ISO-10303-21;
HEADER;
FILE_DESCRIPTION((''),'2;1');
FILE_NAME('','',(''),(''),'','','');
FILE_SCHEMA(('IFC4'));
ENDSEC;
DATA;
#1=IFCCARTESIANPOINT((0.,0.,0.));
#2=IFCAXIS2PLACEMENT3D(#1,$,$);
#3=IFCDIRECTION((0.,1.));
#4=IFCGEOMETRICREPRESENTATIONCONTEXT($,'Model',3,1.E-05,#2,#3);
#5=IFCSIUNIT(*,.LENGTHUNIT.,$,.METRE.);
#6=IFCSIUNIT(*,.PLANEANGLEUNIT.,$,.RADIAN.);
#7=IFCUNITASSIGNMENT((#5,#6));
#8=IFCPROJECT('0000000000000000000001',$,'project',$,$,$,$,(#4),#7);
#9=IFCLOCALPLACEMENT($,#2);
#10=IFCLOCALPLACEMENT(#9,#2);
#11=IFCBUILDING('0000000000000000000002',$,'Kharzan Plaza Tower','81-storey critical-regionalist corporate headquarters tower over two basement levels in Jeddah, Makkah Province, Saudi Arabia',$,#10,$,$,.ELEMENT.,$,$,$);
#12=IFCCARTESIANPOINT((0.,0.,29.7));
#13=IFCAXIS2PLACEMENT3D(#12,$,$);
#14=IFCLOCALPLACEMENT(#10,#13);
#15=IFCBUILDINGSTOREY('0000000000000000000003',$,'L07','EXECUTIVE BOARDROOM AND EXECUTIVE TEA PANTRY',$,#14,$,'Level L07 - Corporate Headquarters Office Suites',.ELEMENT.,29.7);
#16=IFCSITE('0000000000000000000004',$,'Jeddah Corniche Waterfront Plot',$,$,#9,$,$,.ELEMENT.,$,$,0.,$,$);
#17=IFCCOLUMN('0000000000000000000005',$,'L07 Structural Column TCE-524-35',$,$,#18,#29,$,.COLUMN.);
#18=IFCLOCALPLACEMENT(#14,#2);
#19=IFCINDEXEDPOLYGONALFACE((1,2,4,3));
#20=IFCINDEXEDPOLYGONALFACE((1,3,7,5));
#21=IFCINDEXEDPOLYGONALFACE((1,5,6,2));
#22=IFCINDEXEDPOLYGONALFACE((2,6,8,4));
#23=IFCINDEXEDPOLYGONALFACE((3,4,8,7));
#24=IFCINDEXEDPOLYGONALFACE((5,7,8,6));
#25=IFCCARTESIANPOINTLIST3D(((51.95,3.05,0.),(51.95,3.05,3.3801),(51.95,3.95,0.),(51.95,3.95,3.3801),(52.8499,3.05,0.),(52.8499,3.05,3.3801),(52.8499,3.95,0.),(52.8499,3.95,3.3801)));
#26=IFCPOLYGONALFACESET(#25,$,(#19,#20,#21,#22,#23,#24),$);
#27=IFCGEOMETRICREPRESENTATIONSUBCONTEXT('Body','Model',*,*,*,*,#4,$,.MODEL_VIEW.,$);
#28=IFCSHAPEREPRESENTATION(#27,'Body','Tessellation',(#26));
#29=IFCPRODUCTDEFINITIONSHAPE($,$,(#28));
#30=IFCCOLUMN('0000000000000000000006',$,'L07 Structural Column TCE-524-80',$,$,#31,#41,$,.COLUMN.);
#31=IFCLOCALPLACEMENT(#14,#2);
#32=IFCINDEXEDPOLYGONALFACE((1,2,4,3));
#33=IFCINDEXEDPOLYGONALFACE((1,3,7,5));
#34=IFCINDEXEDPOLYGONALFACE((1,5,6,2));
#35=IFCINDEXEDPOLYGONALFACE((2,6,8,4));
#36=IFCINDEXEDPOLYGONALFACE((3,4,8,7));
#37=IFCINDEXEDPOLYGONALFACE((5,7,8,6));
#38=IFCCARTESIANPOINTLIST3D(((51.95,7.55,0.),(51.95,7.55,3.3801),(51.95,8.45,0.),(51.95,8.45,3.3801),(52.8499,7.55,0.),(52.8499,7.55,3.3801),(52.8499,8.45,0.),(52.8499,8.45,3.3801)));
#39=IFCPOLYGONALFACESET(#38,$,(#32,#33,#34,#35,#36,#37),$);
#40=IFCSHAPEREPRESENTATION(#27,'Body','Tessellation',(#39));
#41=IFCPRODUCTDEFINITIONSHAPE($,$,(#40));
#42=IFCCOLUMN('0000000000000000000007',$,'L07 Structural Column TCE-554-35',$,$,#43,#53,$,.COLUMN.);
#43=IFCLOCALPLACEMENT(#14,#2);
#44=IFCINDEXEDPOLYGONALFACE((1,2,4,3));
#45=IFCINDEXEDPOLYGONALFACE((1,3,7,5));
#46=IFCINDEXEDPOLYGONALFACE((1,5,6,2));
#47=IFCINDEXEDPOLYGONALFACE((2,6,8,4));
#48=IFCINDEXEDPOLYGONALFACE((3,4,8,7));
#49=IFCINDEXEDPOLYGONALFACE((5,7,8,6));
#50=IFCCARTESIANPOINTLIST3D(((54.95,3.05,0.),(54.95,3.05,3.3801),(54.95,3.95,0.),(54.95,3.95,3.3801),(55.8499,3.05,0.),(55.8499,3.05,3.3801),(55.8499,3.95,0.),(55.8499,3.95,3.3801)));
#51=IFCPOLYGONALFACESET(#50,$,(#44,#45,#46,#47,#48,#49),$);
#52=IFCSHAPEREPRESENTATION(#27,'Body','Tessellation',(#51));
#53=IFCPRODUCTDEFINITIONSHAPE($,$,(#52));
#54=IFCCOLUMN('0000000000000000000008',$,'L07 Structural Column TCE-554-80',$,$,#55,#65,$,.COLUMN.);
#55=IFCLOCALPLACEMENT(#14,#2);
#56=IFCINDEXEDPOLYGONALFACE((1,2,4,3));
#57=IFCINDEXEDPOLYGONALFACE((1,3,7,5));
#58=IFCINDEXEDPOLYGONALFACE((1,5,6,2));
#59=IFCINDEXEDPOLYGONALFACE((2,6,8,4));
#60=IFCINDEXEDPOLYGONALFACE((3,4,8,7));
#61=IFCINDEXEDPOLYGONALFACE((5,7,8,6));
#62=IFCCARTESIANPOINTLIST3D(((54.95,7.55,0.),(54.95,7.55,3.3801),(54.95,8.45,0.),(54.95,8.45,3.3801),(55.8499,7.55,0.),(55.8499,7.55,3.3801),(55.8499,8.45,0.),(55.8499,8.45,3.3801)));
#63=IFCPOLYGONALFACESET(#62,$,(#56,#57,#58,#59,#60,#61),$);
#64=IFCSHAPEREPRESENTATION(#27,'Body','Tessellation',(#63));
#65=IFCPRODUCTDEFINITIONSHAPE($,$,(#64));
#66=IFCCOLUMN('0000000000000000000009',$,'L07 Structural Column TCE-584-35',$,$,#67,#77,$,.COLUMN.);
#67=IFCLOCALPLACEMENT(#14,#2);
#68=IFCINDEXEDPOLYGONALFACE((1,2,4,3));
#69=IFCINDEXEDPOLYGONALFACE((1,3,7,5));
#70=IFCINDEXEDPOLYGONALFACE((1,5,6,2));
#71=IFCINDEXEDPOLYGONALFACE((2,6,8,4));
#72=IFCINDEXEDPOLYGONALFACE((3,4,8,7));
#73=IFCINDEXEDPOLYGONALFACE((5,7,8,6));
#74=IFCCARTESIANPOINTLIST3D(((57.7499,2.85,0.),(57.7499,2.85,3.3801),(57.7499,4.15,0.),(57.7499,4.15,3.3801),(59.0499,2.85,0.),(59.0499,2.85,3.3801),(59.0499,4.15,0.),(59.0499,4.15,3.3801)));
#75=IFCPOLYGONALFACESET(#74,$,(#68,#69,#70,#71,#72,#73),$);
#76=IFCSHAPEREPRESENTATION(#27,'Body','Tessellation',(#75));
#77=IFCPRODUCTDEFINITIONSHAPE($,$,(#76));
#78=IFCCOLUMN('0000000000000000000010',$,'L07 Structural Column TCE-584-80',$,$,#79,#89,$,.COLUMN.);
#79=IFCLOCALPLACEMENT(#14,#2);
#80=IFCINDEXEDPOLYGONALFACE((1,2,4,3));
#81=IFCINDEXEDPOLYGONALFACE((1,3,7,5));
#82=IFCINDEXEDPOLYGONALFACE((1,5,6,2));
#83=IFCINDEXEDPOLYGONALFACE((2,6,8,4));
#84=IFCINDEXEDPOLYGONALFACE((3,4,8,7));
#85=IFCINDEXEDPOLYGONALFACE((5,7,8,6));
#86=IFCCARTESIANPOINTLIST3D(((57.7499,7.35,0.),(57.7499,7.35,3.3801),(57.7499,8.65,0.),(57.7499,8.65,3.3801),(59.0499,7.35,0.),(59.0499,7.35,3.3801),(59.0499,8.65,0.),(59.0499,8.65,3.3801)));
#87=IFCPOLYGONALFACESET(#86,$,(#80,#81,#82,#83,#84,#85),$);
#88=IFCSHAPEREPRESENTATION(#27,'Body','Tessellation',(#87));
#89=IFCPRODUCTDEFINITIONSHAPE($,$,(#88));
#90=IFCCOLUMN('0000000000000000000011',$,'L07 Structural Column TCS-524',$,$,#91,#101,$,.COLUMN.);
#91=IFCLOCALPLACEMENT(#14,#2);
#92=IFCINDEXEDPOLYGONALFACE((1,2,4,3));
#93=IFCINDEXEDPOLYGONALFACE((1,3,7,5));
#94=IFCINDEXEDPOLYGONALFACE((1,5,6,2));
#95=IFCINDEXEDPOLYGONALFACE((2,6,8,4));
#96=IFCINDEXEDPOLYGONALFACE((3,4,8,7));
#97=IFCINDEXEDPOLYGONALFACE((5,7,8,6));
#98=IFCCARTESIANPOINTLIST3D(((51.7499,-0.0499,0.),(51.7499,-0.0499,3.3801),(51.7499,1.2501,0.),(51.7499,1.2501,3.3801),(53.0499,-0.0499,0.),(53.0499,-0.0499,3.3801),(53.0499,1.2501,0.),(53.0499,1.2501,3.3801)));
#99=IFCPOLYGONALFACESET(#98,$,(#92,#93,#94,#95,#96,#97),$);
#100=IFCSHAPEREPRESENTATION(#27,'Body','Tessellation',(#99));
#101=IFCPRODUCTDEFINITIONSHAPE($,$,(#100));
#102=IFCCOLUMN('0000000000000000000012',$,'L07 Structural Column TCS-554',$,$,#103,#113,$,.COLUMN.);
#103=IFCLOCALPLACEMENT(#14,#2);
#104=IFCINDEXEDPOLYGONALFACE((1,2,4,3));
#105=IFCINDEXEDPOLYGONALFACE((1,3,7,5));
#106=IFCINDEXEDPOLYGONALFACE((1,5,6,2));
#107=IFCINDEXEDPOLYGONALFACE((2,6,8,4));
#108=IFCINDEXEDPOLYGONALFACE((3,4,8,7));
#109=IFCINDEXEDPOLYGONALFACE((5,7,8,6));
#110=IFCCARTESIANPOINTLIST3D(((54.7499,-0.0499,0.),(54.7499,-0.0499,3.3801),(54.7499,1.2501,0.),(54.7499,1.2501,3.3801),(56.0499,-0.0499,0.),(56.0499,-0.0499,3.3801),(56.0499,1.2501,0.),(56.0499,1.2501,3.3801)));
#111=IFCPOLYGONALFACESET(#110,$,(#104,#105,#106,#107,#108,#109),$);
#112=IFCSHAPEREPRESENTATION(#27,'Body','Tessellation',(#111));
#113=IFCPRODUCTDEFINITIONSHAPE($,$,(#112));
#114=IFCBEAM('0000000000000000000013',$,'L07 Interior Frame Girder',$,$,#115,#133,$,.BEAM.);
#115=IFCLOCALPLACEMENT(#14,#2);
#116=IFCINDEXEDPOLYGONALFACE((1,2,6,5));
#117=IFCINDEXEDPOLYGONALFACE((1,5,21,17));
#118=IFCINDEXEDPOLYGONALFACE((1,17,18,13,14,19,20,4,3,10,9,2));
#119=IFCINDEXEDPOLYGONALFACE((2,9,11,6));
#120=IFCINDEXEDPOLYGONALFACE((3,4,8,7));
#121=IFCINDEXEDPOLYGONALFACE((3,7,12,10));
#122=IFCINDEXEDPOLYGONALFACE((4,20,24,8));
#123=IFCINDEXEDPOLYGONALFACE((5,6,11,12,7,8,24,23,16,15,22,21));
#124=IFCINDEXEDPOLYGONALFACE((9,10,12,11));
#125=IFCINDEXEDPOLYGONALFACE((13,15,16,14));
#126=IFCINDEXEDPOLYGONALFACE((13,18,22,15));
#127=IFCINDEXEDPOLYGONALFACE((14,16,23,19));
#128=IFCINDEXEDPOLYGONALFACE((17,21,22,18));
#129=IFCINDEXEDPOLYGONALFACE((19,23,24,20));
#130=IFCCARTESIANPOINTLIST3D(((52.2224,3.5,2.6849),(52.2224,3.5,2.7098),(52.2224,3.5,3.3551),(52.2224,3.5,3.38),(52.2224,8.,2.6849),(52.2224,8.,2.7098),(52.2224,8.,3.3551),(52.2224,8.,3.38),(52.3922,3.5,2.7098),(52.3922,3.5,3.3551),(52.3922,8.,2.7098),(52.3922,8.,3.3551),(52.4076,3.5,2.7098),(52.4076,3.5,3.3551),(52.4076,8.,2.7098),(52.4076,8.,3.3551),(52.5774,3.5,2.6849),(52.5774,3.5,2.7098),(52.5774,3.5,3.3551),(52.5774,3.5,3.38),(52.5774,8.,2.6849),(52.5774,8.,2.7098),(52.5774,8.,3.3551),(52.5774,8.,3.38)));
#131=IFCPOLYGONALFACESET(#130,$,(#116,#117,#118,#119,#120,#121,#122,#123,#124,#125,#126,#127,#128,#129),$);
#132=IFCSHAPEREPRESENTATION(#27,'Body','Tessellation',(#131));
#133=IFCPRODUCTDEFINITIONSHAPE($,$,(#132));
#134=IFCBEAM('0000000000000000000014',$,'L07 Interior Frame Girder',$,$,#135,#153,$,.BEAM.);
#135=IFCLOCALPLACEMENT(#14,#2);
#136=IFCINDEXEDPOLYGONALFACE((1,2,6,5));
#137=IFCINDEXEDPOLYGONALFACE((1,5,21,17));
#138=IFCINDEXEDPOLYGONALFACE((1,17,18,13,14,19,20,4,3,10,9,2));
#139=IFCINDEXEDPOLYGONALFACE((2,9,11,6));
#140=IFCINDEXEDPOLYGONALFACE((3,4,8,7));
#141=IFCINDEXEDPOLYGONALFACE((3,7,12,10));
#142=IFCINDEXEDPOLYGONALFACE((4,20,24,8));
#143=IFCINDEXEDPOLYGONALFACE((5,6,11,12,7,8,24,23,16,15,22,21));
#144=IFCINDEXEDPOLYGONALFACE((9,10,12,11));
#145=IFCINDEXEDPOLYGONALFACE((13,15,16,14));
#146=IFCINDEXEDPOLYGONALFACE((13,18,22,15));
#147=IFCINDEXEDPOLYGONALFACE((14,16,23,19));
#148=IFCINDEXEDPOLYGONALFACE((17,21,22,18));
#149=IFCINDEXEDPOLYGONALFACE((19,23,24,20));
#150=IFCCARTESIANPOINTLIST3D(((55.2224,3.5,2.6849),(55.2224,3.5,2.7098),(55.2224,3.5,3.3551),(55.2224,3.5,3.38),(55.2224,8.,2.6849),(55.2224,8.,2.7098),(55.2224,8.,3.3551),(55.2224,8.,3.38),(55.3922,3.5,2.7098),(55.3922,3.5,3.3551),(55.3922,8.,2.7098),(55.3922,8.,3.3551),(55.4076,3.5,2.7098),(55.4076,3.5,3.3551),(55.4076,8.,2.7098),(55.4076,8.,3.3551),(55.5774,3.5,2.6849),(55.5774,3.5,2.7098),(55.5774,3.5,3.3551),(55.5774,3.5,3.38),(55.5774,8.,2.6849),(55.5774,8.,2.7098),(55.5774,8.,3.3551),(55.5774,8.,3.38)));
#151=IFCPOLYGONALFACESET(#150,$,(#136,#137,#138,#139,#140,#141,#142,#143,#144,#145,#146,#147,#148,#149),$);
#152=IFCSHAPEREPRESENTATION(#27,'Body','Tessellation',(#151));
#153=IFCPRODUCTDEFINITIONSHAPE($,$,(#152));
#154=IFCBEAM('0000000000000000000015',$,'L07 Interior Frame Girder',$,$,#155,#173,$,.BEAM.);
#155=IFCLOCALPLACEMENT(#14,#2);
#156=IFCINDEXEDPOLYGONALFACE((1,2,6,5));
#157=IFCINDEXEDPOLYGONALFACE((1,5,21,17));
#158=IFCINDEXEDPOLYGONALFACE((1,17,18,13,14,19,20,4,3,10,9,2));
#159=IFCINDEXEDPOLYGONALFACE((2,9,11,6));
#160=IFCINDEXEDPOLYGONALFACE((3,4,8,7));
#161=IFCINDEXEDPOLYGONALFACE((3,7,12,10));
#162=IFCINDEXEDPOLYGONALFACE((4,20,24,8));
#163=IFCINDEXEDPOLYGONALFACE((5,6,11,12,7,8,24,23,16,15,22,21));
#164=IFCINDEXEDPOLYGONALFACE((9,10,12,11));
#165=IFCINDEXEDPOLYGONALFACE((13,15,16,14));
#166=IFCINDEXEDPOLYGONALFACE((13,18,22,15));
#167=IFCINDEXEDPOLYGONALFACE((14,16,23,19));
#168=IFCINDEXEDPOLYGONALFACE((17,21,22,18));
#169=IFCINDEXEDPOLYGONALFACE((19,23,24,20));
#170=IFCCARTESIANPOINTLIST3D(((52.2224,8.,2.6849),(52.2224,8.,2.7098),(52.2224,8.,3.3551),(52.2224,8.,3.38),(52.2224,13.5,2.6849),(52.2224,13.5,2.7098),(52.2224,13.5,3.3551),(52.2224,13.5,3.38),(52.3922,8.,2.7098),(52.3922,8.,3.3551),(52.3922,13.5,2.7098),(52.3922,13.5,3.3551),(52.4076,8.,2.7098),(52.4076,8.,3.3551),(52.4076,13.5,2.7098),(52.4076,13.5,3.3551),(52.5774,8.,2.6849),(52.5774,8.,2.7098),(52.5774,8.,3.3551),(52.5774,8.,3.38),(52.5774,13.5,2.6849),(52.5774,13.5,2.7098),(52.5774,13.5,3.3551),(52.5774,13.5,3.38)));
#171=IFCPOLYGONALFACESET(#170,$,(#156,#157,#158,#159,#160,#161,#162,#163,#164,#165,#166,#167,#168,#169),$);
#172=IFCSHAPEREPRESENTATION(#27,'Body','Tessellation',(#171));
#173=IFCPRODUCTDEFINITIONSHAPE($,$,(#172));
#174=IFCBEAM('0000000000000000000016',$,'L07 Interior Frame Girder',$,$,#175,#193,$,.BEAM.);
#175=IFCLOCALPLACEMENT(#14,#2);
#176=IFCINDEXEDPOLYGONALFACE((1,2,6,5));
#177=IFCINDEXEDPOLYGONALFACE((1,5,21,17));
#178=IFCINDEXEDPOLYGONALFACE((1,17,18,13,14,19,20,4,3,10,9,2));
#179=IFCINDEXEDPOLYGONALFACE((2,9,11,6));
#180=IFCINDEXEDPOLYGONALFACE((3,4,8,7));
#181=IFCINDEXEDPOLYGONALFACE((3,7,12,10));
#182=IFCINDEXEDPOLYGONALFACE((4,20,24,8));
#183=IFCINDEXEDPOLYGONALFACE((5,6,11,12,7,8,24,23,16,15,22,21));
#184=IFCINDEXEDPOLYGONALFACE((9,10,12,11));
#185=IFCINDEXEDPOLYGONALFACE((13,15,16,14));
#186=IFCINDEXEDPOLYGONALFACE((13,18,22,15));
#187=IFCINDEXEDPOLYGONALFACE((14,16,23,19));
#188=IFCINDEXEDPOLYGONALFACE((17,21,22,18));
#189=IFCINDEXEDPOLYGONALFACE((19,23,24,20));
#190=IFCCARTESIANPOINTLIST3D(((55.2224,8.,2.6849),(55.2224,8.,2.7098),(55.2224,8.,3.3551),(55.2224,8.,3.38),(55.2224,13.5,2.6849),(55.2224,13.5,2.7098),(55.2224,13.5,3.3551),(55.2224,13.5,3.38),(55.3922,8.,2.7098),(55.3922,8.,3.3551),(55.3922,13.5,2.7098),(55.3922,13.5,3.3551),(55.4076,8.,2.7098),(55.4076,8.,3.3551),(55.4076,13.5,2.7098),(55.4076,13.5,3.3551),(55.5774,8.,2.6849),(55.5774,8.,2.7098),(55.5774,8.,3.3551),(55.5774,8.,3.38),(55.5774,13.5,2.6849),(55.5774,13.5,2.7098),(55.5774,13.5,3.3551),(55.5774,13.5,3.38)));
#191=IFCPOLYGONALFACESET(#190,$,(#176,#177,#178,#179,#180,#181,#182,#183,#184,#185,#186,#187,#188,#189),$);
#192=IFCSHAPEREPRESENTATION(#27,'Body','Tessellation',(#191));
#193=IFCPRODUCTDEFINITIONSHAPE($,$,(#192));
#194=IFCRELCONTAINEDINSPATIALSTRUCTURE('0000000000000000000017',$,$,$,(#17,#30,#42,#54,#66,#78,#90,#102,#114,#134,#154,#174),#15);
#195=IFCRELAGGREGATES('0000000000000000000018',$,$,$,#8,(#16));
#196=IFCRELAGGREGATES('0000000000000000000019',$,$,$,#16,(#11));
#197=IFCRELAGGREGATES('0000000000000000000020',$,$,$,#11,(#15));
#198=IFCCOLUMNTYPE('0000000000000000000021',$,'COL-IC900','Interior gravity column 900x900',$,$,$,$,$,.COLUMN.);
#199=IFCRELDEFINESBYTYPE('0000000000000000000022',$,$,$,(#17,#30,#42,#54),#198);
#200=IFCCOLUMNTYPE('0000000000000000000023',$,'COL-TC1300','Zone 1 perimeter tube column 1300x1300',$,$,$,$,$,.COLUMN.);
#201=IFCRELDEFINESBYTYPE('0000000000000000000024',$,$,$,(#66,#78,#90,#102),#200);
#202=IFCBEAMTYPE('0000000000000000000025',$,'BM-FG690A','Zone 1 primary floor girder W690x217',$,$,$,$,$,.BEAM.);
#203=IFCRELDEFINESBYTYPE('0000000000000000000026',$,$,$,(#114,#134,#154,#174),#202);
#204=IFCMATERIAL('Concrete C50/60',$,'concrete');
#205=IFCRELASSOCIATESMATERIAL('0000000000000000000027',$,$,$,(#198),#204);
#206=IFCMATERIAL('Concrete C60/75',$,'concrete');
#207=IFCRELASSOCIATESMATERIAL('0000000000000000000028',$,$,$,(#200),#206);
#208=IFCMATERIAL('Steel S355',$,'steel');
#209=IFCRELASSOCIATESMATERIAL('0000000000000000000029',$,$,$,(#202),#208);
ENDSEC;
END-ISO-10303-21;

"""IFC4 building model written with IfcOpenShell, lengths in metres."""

from ifc_helpers import new_model, si_unit, direction, frame, origin, origin_2d, place, context, subcontext, project, spatial, rectangle, i_section, extrude, source, transform, mapped, material, material_profile, profile_set, type_object, element, save


model = new_model("IFC4")

# Units and contexts
model_context = context("Model", 3, precision=1e-05, world=origin(), true_north=direction((0.0, 1.0)))
body_context = subcontext(model_context, "Body", "Model", "MODEL_VIEW")
ifc_project = project(units=[si_unit("LENGTHUNIT", "METRE"), si_unit("PLANEANGLEUNIT", "RADIAN")], contexts=[model_context])

# Site, building, storey
site_placement = place(None, origin())
site = spatial("IfcSite", under=ifc_project, at=site_placement, Name="Jeddah Corniche Waterfront Plot", CompositionType="ELEMENT", RefElevation=0.0)
building_placement = place(site_placement, origin())
building = spatial("IfcBuilding", under=site, at=building_placement, Name="Kharzan Plaza Tower", Description="81-storey critical-regionalist corporate headquarters tower over two basement levels in Jeddah, Makkah Province, Saudi Arabia", CompositionType="ELEMENT")
storey_placement = place(building_placement, frame((0.0, 0.0, 29.7)))
storey = spatial("IfcBuildingStorey", under=building, at=storey_placement, Name="L07", Description="EXECUTIVE BOARDROOM AND EXECUTIVE TEA PANTRY", LongName="Level L07 - Corporate Headquarters Office Suites", CompositionType="ELEMENT", Elevation=29.7)

# Columns
ifc_material_1 = material(Name="Concrete C50/60", Category="concrete")
ifc_material_profile_1 = material_profile(ifc_material_1, rectangle(XDim=0.8999, YDim=0.8999, at=origin_2d()), Name="RC-IC900x900")
ifc_profile_set_1 = profile_set([ifc_material_profile_1], Name="Concrete C50/60")
column_type_1 = type_object("IfcColumnType", Name="COL-IC900", Description="Interior gravity column 900x900", PredefinedType="COLUMN", material=ifc_profile_set_1)
shared_shape_1 = source(origin(), body_context, "Body", "SweptSolid", [
    extrude(rectangle(XDim=0.8999, YDim=0.8999, at=origin_2d()), origin(), (0.0, 0.0, 1.0), 3.3801),
])
for number, where, z_axis, x_axis, name in (
    (1, (52.3999, 3.5, 0.0), (0.0, 0.0, 1.0), (1.0, 0.0, 0.0), "L07 Structural Column TCE-524-35"),
    (2, (52.3999, 8.0, 0.0), (0.0, 0.0, 1.0), (1.0, 0.0, 0.0), "L07 Structural Column TCE-524-80"),
    (3, (55.3999, 3.5, 0.0), (0.0, 0.0, 1.0), (1.0, 0.0, 0.0), "L07 Structural Column TCE-554-35"),
    (4, (55.3999, 8.0, 0.0), (0.0, 0.0, 1.0), (1.0, 0.0, 0.0), "L07 Structural Column TCE-554-80"),
):
    element("IfcColumn", number, at=place(storey_placement, frame(where, z_axis=z_axis, x_axis=x_axis)), inside=storey, type_object=column_type_1, Name=name, PredefinedType="COLUMN", context=body_context, shape_type="MappedRepresentation", body=[
        mapped(shared_shape_1, transform((0.0, 0.0, 0.0), x_axis=(1.0, 0.0, 0.0), y_axis=(0.0, 1.0, 0.0), z_axis=(0.0, 0.0, 1.0))),
    ])
ifc_material_2 = material(Name="Concrete C60/75", Category="concrete")
ifc_material_profile_2 = material_profile(ifc_material_2, rectangle(XDim=1.3, YDim=1.3, at=origin_2d()), Name="RC-TC1300x1300")
ifc_profile_set_2 = profile_set([ifc_material_profile_2], Name="Concrete C60/75")
column_type_2 = type_object("IfcColumnType", Name="COL-TC1300", Description="Zone 1 perimeter tube column 1300x1300", PredefinedType="COLUMN", material=ifc_profile_set_2)
shared_shape_2 = source(origin(), body_context, "Body", "SweptSolid", [
    extrude(rectangle(XDim=1.3, YDim=1.3, at=origin_2d()), origin(), (0.0, 0.0, 1.0), 3.3801),
])
for number, where, z_axis, x_axis, name in (
    (5, (58.3999, 3.5, 0.0), (0.0, 0.0, 1.0), (1.0, 0.0, 0.0), "L07 Structural Column TCE-584-35"),
    (6, (58.3999, 8.0, 0.0), (0.0, 0.0, 1.0), (1.0, 0.0, 0.0), "L07 Structural Column TCE-584-80"),
    (7, (52.3999, 0.6001, 0.0), (0.0, 0.0, 1.0), (1.0, 0.0, 0.0), "L07 Structural Column TCS-524"),
    (8, (55.3999, 0.6001, 0.0), (0.0, 0.0, 1.0), (1.0, 0.0, 0.0), "L07 Structural Column TCS-554"),
):
    element("IfcColumn", number, at=place(storey_placement, frame(where, z_axis=z_axis, x_axis=x_axis)), inside=storey, type_object=column_type_2, Name=name, PredefinedType="COLUMN", context=body_context, shape_type="MappedRepresentation", body=[
        mapped(shared_shape_2, transform((0.0, 0.0, 0.0), x_axis=(1.0, 0.0, 0.0), y_axis=(0.0, 1.0, 0.0), z_axis=(0.0, 0.0, 1.0))),
    ])

# Beams
ifc_material_3 = material(Name="Steel S355", Category="steel")
ifc_material_profile_3 = material_profile(ifc_material_3, i_section(OverallWidth=0.355, OverallDepth=0.6951, WebThickness=0.0154, FlangeThickness=0.0249, at=origin_2d()), Name="W690x217")
ifc_profile_set_3 = profile_set([ifc_material_profile_3], Name="Steel S355")
beam_type_1 = type_object("IfcBeamType", Name="BM-FG690A", Description="Zone 1 primary floor girder W690x217", PredefinedType="BEAM", material=ifc_profile_set_3)
shared_shape_3 = source(origin(), body_context, "Body", "SweptSolid", [
    extrude(i_section(OverallWidth=0.355, OverallDepth=0.6951, WebThickness=0.0154, FlangeThickness=0.0249, at=origin_2d()), origin(), (0.0, 0.0, 1.0), 4.5),
])
for number, where, z_axis, x_axis, name in (
    (9, (52.3999, 3.5, 3.0325), (0.0, 1.0, 0.0), (-1.0, 0.0, 0.0), "L07 Interior Frame Girder"),
    (10, (55.3999, 3.5, 3.0325), (0.0, 1.0, 0.0), (-1.0, 0.0, 0.0), "L07 Interior Frame Girder"),
):
    element("IfcBeam", number, at=place(storey_placement, frame(where, z_axis=z_axis, x_axis=x_axis)), inside=storey, type_object=beam_type_1, Name=name, PredefinedType="BEAM", context=body_context, shape_type="MappedRepresentation", body=[
        mapped(shared_shape_3, transform((0.0, 0.0, 0.0), x_axis=(1.0, 0.0, 0.0), y_axis=(0.0, 1.0, 0.0), z_axis=(0.0, 0.0, 1.0))),
    ])
shared_shape_4 = source(origin(), body_context, "Body", "SweptSolid", [
    extrude(i_section(OverallWidth=0.355, OverallDepth=0.6951, WebThickness=0.0154, FlangeThickness=0.0249, at=origin_2d()), origin(), (0.0, 0.0, 1.0), 5.5),
])
for number, where, z_axis, x_axis, name in (
    (11, (52.3999, 8.0, 3.0325), (0.0, 1.0, 0.0), (-1.0, 0.0, 0.0), "L07 Interior Frame Girder"),
    (12, (55.3999, 8.0, 3.0325), (0.0, 1.0, 0.0), (-1.0, 0.0, 0.0), "L07 Interior Frame Girder"),
):
    element("IfcBeam", number, at=place(storey_placement, frame(where, z_axis=z_axis, x_axis=x_axis)), inside=storey, type_object=beam_type_1, Name=name, PredefinedType="BEAM", context=body_context, shape_type="MappedRepresentation", body=[
        mapped(shared_shape_4, transform((0.0, 0.0, 0.0), x_axis=(1.0, 0.0, 0.0), y_axis=(0.0, 1.0, 0.0), z_axis=(0.0, 0.0, 1.0))),
    ])

save(model, "model.ifc")
